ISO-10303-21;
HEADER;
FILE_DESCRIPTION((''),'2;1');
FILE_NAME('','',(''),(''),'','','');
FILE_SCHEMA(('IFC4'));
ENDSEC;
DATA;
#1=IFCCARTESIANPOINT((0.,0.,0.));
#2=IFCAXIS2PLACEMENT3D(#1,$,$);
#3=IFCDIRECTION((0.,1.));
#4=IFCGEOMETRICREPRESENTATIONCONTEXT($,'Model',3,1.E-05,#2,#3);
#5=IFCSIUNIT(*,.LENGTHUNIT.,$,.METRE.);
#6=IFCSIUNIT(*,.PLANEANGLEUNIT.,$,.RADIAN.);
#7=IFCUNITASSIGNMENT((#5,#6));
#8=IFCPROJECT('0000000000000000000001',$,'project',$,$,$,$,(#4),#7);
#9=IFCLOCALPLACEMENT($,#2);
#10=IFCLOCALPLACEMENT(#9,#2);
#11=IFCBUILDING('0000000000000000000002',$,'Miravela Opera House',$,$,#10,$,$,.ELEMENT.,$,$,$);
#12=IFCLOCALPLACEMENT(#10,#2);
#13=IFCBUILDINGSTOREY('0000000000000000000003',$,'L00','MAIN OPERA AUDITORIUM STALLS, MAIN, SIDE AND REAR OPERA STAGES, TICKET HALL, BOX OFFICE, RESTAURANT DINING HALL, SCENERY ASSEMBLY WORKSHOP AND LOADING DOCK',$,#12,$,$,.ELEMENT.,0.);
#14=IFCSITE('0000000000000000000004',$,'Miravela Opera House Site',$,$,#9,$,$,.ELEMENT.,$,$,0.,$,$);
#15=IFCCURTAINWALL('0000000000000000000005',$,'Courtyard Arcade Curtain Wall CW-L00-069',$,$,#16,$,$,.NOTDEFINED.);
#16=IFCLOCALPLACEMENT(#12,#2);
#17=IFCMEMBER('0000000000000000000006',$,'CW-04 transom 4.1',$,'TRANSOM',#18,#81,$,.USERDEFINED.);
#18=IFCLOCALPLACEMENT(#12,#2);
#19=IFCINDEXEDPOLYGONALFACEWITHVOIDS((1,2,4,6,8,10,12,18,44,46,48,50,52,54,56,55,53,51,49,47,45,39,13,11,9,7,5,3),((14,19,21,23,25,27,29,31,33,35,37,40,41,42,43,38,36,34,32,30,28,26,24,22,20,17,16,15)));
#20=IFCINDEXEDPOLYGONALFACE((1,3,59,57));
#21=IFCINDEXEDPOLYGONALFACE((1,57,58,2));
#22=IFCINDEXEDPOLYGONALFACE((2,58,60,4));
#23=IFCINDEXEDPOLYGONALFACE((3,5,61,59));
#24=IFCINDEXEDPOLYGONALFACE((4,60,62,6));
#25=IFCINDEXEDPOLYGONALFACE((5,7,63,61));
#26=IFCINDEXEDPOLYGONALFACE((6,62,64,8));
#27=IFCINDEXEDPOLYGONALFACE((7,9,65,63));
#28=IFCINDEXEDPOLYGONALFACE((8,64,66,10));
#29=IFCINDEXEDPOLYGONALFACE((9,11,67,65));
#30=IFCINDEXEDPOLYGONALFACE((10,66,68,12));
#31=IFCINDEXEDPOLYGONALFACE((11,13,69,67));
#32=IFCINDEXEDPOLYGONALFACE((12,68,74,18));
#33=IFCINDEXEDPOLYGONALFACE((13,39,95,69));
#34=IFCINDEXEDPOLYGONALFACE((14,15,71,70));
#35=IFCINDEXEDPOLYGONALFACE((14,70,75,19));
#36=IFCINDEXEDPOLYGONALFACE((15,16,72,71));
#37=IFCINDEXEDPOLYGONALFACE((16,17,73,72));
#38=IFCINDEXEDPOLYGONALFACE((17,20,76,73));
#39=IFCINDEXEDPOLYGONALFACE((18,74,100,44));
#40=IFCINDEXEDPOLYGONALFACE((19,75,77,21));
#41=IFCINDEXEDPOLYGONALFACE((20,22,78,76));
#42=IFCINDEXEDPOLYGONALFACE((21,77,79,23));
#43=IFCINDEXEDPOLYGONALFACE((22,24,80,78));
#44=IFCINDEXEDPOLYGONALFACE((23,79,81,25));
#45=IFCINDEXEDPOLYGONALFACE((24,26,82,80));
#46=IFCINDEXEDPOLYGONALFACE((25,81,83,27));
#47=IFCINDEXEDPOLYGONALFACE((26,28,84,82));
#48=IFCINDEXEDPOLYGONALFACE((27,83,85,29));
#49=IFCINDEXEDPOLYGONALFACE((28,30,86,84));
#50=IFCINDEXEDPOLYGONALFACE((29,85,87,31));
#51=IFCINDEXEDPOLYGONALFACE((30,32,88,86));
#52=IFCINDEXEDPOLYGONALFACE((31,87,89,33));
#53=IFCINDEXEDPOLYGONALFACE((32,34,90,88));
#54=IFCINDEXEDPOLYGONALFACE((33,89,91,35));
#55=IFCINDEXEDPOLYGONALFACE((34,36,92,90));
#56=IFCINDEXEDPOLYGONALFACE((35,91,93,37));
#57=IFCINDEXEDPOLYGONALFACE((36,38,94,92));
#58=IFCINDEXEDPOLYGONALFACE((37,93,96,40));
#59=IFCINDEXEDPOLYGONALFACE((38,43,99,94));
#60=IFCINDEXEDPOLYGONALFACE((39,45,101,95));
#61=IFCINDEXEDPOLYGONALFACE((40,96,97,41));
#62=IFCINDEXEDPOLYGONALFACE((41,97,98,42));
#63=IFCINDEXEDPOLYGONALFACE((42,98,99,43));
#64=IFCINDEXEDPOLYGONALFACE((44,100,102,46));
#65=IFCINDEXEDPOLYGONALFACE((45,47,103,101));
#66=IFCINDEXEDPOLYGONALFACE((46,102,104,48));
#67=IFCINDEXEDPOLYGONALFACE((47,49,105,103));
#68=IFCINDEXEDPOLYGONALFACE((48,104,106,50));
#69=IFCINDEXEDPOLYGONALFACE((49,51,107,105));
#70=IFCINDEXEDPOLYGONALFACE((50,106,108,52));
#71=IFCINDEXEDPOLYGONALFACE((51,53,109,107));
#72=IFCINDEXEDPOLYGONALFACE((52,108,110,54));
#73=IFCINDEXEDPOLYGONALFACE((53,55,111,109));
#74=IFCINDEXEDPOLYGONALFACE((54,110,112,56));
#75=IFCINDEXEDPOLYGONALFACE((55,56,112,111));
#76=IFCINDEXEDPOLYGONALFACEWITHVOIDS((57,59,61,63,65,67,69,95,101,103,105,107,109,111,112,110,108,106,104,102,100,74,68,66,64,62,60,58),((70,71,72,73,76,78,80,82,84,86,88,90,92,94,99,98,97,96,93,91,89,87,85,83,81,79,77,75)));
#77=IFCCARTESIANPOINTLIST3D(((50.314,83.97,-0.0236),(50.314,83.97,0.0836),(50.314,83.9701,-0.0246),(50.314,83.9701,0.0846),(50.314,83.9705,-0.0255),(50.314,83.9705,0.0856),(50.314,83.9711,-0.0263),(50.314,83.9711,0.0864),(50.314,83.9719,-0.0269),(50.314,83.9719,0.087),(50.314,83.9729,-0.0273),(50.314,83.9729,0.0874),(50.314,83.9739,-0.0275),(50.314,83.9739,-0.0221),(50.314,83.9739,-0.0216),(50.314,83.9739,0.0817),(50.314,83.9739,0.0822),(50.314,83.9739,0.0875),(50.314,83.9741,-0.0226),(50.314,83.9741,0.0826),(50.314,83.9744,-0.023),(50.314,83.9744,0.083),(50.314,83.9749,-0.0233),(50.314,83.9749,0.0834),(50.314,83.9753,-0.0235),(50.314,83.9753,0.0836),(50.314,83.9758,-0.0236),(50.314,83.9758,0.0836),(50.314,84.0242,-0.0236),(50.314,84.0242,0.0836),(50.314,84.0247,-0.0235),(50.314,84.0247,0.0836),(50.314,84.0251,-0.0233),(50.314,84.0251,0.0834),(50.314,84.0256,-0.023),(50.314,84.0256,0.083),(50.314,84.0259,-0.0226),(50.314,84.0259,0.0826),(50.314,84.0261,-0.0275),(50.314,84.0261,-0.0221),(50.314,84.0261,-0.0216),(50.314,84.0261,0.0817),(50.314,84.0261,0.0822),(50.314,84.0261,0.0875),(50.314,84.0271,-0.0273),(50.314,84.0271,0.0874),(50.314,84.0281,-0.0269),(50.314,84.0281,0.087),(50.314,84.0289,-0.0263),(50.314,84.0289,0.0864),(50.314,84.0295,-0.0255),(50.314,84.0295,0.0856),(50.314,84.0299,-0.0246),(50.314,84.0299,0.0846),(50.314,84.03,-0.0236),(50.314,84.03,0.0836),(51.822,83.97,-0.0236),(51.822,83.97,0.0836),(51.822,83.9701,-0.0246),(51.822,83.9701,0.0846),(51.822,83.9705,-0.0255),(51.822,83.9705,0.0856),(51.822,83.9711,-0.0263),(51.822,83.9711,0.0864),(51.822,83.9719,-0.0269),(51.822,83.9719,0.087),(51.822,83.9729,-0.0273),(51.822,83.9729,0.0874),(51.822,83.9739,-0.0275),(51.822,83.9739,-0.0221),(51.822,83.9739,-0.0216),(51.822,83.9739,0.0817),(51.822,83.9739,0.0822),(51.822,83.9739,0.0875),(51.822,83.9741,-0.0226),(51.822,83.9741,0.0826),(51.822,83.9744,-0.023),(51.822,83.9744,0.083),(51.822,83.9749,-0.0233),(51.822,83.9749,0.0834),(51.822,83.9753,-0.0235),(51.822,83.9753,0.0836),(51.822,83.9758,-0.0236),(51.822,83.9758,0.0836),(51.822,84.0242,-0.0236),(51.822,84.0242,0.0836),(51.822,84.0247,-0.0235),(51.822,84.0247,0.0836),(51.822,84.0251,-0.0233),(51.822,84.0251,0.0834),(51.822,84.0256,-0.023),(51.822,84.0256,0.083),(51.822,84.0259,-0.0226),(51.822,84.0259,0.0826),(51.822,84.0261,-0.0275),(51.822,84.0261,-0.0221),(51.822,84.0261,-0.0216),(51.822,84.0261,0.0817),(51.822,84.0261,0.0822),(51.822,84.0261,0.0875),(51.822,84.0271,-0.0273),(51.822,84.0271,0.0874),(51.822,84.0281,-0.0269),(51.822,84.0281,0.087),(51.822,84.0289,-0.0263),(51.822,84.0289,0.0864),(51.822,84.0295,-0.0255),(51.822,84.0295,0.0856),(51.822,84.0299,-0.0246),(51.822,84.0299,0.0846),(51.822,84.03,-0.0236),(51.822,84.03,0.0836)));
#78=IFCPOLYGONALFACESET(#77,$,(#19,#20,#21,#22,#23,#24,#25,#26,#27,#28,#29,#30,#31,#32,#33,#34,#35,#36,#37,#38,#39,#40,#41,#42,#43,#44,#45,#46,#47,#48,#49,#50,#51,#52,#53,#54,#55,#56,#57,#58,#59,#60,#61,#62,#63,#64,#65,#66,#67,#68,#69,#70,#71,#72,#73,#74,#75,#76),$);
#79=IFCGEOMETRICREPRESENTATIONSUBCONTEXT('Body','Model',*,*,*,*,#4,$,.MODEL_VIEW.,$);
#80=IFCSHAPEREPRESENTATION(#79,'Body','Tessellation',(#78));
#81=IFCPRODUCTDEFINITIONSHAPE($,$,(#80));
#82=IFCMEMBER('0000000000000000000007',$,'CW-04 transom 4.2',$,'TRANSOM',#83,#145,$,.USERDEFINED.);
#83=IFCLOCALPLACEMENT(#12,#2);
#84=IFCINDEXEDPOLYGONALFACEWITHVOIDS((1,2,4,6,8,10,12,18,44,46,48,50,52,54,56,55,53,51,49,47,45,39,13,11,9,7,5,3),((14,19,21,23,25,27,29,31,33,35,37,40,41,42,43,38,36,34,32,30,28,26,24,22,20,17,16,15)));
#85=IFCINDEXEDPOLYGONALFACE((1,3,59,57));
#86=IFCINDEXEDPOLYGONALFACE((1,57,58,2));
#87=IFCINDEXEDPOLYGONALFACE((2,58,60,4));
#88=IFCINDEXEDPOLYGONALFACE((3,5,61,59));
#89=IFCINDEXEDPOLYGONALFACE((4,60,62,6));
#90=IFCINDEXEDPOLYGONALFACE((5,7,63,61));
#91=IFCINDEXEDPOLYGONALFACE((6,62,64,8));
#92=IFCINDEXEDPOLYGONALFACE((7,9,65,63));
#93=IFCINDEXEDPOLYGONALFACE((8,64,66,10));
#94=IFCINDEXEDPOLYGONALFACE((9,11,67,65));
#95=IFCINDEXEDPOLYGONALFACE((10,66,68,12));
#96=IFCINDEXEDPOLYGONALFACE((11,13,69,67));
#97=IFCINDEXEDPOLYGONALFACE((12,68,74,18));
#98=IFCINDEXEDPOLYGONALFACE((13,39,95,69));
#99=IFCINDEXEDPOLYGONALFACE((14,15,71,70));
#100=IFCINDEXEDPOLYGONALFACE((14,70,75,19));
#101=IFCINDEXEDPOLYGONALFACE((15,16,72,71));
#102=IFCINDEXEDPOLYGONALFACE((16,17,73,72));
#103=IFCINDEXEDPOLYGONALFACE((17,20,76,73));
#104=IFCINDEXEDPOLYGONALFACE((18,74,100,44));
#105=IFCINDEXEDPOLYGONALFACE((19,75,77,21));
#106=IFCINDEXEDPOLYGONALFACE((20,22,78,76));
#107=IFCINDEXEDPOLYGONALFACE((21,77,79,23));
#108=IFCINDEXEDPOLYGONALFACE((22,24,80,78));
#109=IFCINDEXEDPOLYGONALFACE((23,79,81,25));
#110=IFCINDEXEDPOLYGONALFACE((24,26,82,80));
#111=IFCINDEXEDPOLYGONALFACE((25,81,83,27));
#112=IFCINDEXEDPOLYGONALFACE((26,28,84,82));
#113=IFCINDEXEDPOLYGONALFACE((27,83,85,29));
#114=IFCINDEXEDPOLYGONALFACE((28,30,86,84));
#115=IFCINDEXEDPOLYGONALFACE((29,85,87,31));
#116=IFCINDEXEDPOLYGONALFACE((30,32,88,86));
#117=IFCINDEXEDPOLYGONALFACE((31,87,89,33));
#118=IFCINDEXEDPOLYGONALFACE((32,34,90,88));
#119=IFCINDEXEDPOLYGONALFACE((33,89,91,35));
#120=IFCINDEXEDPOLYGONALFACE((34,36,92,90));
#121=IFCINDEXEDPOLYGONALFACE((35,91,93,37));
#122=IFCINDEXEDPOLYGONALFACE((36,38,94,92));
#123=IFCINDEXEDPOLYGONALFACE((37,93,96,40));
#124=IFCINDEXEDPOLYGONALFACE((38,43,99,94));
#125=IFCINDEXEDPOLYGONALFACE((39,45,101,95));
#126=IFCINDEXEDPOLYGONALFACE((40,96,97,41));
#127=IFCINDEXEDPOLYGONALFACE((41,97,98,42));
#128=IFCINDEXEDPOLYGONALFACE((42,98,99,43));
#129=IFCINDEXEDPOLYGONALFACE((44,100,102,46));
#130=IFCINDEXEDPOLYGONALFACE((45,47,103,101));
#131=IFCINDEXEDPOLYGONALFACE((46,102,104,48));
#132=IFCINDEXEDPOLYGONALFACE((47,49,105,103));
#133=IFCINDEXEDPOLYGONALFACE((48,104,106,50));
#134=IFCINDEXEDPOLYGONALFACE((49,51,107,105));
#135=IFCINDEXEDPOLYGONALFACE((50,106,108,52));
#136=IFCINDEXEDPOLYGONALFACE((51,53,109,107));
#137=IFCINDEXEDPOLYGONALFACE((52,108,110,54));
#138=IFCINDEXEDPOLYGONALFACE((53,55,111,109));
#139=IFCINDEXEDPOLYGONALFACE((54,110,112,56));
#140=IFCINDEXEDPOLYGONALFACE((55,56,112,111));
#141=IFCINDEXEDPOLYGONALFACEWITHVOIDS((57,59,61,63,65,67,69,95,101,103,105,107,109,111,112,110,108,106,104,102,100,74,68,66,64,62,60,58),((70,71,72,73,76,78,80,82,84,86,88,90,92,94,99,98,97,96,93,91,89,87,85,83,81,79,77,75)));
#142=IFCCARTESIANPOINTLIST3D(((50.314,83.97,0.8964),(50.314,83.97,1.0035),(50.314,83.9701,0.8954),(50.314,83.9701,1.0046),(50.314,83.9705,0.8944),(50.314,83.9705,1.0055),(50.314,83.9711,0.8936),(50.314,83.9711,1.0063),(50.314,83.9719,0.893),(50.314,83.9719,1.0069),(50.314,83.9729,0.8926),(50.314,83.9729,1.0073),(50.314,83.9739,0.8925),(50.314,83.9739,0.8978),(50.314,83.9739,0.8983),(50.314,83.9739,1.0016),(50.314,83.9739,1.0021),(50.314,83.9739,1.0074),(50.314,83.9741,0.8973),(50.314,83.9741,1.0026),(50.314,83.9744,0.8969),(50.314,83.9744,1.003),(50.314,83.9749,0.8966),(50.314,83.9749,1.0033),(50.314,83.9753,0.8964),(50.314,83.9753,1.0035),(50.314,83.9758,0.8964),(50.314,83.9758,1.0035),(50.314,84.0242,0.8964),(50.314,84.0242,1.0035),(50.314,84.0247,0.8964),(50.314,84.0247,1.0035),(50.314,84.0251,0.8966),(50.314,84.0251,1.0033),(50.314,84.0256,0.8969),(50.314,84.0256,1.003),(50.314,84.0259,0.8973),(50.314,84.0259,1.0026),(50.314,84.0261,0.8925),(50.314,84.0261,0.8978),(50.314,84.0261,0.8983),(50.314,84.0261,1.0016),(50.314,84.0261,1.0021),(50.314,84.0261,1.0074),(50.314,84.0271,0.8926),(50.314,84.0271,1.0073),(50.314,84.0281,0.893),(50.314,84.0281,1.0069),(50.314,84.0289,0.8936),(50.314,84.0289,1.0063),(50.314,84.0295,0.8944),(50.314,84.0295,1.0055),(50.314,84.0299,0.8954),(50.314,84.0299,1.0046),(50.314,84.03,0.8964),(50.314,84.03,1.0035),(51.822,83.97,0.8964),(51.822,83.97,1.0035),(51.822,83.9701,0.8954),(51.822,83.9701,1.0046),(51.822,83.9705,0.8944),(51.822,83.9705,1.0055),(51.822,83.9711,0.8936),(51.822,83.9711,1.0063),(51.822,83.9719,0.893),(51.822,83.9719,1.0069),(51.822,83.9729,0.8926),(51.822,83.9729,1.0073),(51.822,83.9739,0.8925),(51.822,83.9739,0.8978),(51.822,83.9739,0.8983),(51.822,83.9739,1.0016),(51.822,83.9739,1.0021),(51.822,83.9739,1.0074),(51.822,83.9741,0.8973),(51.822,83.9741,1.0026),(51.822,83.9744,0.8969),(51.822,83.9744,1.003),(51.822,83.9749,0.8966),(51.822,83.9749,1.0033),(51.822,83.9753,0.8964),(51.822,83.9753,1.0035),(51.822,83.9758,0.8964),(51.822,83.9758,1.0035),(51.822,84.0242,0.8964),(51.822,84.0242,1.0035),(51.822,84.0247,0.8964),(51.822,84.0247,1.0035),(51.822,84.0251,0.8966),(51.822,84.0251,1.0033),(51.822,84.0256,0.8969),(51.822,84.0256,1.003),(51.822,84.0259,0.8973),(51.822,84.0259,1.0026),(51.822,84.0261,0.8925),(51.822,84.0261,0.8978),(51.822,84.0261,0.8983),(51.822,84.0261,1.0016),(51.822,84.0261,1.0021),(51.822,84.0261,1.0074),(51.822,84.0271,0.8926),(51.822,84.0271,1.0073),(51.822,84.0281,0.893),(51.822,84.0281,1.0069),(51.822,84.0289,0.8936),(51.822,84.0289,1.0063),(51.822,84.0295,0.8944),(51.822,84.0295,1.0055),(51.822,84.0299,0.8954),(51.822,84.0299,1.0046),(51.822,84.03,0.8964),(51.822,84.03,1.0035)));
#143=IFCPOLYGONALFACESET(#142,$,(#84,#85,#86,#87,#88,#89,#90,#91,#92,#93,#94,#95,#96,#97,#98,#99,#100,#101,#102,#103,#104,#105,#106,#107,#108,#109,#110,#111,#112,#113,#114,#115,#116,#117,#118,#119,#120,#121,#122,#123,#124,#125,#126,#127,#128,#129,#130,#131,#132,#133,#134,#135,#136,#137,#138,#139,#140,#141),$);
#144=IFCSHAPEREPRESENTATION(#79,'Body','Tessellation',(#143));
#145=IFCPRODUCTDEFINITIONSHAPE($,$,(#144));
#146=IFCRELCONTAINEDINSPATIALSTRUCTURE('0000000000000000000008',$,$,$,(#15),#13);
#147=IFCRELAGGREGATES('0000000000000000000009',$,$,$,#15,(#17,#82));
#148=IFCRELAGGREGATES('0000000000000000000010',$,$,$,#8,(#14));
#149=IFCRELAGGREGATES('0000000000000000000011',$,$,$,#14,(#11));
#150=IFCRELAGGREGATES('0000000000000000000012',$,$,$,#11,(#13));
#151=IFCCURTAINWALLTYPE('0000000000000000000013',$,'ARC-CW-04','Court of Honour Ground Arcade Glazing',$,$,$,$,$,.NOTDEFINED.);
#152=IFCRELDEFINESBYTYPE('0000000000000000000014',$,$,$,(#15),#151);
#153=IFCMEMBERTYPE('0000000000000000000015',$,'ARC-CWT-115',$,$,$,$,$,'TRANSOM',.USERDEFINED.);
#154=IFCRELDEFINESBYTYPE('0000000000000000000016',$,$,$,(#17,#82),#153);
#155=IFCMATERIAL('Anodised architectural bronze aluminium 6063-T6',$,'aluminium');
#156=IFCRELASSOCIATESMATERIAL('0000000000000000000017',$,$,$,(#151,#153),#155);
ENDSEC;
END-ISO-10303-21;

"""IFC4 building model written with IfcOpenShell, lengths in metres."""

from ifc_helpers import new_model, si_unit, direction, frame, origin, origin_2d, place, context, subcontext, project, spatial, hollow_rectangle, extrude, material, material_profile, profile_set, type_object, element, aggregate, save


model = new_model("IFC4")

# Units and contexts
model_context = context("Model", 3, precision=1e-05, world=origin(), true_north=direction((0.0, 1.0)))
body_context = subcontext(model_context, "Body", "Model", "MODEL_VIEW")
ifc_project = project(units=[si_unit("LENGTHUNIT", "METRE"), si_unit("PLANEANGLEUNIT", "RADIAN")], contexts=[model_context])

# Site, building, storey
site_placement = place(None, origin())
site = spatial("IfcSite", under=ifc_project, at=site_placement, Name="Miravela Opera House Site", CompositionType="ELEMENT", RefElevation=0.0)
building_placement = place(site_placement, origin())
building = spatial("IfcBuilding", under=site, at=building_placement, Name="Miravela Opera House", CompositionType="ELEMENT")
storey_placement = place(building_placement, origin())
storey = spatial("IfcBuildingStorey", under=building, at=storey_placement, Name="L00", Description="MAIN OPERA AUDITORIUM STALLS, MAIN, SIDE AND REAR OPERA STAGES, TICKET HALL, BOX OFFICE, RESTAURANT DINING HALL, SCENERY ASSEMBLY WORKSHOP AND LOADING DOCK", CompositionType="ELEMENT", Elevation=0.0)

# Curtain wall, members
ifc_material_1 = material(Name="Anodised architectural bronze aluminium 6063-T6", Category="aluminium")
curtain_wall_type = type_object("IfcCurtainWallType", Name="ARC-CW-04", Description="Court of Honour Ground Arcade Glazing", PredefinedType="NOTDEFINED", material=ifc_material_1)
curtain_wall_placement = place(storey_placement, origin())
curtain_wall = element("IfcCurtainWall", 1, at=curtain_wall_placement, inside=storey, type_object=curtain_wall_type, Name="Courtyard Arcade Curtain Wall CW-L00-069", PredefinedType="NOTDEFINED")
ifc_material_profile_1 = material_profile(ifc_material_1, hollow_rectangle(XDim=0.0601, YDim=0.115, WallThickness=0.0039, InnerFilletRadius=0.002, OuterFilletRadius=0.0039, at=origin_2d()), Name="CWT-60X115")
ifc_profile_set_1 = profile_set([ifc_material_profile_1])
member_type_1 = type_object("IfcMemberType", Name="ARC-CWT-115", ElementType="TRANSOM", PredefinedType="USERDEFINED", material=ifc_profile_set_1)
member_1_placement = place(storey_placement, frame((50.314, 84.0, 0.03), z_axis=(1.0, 0.0, 0.0), x_axis=(0.0, 1.0, 0.0)))
member_1 = element("IfcMember", 2, at=member_1_placement, type_object=member_type_1, Name="CW-04 transom 4.1", ObjectType="TRANSOM", PredefinedType="USERDEFINED", context=body_context, shape_type="SweptSolid", body=[
    extrude(hollow_rectangle(XDim=0.0601, YDim=0.115, WallThickness=0.0039, InnerFilletRadius=0.002, OuterFilletRadius=0.0039, at=origin_2d()), origin(), (0.0, 0.0, 1.0), 1.5081),
])
member_2_placement = place(storey_placement, frame((50.314, 84.0, 0.95), z_axis=(1.0, 0.0, 0.0), x_axis=(0.0, 1.0, 0.0)))
member_2 = element("IfcMember", 3, at=member_2_placement, type_object=member_type_1, Name="CW-04 transom 4.2", ObjectType="TRANSOM", PredefinedType="USERDEFINED", context=body_context, shape_type="SweptSolid", body=[
    extrude(hollow_rectangle(XDim=0.0601, YDim=0.115, WallThickness=0.0039, InnerFilletRadius=0.002, OuterFilletRadius=0.0039, at=origin_2d()), origin(), (0.0, 0.0, 1.0), 1.5081),
])

aggregate(curtain_wall, [member_1, member_2])

save(model, "model.ifc")
